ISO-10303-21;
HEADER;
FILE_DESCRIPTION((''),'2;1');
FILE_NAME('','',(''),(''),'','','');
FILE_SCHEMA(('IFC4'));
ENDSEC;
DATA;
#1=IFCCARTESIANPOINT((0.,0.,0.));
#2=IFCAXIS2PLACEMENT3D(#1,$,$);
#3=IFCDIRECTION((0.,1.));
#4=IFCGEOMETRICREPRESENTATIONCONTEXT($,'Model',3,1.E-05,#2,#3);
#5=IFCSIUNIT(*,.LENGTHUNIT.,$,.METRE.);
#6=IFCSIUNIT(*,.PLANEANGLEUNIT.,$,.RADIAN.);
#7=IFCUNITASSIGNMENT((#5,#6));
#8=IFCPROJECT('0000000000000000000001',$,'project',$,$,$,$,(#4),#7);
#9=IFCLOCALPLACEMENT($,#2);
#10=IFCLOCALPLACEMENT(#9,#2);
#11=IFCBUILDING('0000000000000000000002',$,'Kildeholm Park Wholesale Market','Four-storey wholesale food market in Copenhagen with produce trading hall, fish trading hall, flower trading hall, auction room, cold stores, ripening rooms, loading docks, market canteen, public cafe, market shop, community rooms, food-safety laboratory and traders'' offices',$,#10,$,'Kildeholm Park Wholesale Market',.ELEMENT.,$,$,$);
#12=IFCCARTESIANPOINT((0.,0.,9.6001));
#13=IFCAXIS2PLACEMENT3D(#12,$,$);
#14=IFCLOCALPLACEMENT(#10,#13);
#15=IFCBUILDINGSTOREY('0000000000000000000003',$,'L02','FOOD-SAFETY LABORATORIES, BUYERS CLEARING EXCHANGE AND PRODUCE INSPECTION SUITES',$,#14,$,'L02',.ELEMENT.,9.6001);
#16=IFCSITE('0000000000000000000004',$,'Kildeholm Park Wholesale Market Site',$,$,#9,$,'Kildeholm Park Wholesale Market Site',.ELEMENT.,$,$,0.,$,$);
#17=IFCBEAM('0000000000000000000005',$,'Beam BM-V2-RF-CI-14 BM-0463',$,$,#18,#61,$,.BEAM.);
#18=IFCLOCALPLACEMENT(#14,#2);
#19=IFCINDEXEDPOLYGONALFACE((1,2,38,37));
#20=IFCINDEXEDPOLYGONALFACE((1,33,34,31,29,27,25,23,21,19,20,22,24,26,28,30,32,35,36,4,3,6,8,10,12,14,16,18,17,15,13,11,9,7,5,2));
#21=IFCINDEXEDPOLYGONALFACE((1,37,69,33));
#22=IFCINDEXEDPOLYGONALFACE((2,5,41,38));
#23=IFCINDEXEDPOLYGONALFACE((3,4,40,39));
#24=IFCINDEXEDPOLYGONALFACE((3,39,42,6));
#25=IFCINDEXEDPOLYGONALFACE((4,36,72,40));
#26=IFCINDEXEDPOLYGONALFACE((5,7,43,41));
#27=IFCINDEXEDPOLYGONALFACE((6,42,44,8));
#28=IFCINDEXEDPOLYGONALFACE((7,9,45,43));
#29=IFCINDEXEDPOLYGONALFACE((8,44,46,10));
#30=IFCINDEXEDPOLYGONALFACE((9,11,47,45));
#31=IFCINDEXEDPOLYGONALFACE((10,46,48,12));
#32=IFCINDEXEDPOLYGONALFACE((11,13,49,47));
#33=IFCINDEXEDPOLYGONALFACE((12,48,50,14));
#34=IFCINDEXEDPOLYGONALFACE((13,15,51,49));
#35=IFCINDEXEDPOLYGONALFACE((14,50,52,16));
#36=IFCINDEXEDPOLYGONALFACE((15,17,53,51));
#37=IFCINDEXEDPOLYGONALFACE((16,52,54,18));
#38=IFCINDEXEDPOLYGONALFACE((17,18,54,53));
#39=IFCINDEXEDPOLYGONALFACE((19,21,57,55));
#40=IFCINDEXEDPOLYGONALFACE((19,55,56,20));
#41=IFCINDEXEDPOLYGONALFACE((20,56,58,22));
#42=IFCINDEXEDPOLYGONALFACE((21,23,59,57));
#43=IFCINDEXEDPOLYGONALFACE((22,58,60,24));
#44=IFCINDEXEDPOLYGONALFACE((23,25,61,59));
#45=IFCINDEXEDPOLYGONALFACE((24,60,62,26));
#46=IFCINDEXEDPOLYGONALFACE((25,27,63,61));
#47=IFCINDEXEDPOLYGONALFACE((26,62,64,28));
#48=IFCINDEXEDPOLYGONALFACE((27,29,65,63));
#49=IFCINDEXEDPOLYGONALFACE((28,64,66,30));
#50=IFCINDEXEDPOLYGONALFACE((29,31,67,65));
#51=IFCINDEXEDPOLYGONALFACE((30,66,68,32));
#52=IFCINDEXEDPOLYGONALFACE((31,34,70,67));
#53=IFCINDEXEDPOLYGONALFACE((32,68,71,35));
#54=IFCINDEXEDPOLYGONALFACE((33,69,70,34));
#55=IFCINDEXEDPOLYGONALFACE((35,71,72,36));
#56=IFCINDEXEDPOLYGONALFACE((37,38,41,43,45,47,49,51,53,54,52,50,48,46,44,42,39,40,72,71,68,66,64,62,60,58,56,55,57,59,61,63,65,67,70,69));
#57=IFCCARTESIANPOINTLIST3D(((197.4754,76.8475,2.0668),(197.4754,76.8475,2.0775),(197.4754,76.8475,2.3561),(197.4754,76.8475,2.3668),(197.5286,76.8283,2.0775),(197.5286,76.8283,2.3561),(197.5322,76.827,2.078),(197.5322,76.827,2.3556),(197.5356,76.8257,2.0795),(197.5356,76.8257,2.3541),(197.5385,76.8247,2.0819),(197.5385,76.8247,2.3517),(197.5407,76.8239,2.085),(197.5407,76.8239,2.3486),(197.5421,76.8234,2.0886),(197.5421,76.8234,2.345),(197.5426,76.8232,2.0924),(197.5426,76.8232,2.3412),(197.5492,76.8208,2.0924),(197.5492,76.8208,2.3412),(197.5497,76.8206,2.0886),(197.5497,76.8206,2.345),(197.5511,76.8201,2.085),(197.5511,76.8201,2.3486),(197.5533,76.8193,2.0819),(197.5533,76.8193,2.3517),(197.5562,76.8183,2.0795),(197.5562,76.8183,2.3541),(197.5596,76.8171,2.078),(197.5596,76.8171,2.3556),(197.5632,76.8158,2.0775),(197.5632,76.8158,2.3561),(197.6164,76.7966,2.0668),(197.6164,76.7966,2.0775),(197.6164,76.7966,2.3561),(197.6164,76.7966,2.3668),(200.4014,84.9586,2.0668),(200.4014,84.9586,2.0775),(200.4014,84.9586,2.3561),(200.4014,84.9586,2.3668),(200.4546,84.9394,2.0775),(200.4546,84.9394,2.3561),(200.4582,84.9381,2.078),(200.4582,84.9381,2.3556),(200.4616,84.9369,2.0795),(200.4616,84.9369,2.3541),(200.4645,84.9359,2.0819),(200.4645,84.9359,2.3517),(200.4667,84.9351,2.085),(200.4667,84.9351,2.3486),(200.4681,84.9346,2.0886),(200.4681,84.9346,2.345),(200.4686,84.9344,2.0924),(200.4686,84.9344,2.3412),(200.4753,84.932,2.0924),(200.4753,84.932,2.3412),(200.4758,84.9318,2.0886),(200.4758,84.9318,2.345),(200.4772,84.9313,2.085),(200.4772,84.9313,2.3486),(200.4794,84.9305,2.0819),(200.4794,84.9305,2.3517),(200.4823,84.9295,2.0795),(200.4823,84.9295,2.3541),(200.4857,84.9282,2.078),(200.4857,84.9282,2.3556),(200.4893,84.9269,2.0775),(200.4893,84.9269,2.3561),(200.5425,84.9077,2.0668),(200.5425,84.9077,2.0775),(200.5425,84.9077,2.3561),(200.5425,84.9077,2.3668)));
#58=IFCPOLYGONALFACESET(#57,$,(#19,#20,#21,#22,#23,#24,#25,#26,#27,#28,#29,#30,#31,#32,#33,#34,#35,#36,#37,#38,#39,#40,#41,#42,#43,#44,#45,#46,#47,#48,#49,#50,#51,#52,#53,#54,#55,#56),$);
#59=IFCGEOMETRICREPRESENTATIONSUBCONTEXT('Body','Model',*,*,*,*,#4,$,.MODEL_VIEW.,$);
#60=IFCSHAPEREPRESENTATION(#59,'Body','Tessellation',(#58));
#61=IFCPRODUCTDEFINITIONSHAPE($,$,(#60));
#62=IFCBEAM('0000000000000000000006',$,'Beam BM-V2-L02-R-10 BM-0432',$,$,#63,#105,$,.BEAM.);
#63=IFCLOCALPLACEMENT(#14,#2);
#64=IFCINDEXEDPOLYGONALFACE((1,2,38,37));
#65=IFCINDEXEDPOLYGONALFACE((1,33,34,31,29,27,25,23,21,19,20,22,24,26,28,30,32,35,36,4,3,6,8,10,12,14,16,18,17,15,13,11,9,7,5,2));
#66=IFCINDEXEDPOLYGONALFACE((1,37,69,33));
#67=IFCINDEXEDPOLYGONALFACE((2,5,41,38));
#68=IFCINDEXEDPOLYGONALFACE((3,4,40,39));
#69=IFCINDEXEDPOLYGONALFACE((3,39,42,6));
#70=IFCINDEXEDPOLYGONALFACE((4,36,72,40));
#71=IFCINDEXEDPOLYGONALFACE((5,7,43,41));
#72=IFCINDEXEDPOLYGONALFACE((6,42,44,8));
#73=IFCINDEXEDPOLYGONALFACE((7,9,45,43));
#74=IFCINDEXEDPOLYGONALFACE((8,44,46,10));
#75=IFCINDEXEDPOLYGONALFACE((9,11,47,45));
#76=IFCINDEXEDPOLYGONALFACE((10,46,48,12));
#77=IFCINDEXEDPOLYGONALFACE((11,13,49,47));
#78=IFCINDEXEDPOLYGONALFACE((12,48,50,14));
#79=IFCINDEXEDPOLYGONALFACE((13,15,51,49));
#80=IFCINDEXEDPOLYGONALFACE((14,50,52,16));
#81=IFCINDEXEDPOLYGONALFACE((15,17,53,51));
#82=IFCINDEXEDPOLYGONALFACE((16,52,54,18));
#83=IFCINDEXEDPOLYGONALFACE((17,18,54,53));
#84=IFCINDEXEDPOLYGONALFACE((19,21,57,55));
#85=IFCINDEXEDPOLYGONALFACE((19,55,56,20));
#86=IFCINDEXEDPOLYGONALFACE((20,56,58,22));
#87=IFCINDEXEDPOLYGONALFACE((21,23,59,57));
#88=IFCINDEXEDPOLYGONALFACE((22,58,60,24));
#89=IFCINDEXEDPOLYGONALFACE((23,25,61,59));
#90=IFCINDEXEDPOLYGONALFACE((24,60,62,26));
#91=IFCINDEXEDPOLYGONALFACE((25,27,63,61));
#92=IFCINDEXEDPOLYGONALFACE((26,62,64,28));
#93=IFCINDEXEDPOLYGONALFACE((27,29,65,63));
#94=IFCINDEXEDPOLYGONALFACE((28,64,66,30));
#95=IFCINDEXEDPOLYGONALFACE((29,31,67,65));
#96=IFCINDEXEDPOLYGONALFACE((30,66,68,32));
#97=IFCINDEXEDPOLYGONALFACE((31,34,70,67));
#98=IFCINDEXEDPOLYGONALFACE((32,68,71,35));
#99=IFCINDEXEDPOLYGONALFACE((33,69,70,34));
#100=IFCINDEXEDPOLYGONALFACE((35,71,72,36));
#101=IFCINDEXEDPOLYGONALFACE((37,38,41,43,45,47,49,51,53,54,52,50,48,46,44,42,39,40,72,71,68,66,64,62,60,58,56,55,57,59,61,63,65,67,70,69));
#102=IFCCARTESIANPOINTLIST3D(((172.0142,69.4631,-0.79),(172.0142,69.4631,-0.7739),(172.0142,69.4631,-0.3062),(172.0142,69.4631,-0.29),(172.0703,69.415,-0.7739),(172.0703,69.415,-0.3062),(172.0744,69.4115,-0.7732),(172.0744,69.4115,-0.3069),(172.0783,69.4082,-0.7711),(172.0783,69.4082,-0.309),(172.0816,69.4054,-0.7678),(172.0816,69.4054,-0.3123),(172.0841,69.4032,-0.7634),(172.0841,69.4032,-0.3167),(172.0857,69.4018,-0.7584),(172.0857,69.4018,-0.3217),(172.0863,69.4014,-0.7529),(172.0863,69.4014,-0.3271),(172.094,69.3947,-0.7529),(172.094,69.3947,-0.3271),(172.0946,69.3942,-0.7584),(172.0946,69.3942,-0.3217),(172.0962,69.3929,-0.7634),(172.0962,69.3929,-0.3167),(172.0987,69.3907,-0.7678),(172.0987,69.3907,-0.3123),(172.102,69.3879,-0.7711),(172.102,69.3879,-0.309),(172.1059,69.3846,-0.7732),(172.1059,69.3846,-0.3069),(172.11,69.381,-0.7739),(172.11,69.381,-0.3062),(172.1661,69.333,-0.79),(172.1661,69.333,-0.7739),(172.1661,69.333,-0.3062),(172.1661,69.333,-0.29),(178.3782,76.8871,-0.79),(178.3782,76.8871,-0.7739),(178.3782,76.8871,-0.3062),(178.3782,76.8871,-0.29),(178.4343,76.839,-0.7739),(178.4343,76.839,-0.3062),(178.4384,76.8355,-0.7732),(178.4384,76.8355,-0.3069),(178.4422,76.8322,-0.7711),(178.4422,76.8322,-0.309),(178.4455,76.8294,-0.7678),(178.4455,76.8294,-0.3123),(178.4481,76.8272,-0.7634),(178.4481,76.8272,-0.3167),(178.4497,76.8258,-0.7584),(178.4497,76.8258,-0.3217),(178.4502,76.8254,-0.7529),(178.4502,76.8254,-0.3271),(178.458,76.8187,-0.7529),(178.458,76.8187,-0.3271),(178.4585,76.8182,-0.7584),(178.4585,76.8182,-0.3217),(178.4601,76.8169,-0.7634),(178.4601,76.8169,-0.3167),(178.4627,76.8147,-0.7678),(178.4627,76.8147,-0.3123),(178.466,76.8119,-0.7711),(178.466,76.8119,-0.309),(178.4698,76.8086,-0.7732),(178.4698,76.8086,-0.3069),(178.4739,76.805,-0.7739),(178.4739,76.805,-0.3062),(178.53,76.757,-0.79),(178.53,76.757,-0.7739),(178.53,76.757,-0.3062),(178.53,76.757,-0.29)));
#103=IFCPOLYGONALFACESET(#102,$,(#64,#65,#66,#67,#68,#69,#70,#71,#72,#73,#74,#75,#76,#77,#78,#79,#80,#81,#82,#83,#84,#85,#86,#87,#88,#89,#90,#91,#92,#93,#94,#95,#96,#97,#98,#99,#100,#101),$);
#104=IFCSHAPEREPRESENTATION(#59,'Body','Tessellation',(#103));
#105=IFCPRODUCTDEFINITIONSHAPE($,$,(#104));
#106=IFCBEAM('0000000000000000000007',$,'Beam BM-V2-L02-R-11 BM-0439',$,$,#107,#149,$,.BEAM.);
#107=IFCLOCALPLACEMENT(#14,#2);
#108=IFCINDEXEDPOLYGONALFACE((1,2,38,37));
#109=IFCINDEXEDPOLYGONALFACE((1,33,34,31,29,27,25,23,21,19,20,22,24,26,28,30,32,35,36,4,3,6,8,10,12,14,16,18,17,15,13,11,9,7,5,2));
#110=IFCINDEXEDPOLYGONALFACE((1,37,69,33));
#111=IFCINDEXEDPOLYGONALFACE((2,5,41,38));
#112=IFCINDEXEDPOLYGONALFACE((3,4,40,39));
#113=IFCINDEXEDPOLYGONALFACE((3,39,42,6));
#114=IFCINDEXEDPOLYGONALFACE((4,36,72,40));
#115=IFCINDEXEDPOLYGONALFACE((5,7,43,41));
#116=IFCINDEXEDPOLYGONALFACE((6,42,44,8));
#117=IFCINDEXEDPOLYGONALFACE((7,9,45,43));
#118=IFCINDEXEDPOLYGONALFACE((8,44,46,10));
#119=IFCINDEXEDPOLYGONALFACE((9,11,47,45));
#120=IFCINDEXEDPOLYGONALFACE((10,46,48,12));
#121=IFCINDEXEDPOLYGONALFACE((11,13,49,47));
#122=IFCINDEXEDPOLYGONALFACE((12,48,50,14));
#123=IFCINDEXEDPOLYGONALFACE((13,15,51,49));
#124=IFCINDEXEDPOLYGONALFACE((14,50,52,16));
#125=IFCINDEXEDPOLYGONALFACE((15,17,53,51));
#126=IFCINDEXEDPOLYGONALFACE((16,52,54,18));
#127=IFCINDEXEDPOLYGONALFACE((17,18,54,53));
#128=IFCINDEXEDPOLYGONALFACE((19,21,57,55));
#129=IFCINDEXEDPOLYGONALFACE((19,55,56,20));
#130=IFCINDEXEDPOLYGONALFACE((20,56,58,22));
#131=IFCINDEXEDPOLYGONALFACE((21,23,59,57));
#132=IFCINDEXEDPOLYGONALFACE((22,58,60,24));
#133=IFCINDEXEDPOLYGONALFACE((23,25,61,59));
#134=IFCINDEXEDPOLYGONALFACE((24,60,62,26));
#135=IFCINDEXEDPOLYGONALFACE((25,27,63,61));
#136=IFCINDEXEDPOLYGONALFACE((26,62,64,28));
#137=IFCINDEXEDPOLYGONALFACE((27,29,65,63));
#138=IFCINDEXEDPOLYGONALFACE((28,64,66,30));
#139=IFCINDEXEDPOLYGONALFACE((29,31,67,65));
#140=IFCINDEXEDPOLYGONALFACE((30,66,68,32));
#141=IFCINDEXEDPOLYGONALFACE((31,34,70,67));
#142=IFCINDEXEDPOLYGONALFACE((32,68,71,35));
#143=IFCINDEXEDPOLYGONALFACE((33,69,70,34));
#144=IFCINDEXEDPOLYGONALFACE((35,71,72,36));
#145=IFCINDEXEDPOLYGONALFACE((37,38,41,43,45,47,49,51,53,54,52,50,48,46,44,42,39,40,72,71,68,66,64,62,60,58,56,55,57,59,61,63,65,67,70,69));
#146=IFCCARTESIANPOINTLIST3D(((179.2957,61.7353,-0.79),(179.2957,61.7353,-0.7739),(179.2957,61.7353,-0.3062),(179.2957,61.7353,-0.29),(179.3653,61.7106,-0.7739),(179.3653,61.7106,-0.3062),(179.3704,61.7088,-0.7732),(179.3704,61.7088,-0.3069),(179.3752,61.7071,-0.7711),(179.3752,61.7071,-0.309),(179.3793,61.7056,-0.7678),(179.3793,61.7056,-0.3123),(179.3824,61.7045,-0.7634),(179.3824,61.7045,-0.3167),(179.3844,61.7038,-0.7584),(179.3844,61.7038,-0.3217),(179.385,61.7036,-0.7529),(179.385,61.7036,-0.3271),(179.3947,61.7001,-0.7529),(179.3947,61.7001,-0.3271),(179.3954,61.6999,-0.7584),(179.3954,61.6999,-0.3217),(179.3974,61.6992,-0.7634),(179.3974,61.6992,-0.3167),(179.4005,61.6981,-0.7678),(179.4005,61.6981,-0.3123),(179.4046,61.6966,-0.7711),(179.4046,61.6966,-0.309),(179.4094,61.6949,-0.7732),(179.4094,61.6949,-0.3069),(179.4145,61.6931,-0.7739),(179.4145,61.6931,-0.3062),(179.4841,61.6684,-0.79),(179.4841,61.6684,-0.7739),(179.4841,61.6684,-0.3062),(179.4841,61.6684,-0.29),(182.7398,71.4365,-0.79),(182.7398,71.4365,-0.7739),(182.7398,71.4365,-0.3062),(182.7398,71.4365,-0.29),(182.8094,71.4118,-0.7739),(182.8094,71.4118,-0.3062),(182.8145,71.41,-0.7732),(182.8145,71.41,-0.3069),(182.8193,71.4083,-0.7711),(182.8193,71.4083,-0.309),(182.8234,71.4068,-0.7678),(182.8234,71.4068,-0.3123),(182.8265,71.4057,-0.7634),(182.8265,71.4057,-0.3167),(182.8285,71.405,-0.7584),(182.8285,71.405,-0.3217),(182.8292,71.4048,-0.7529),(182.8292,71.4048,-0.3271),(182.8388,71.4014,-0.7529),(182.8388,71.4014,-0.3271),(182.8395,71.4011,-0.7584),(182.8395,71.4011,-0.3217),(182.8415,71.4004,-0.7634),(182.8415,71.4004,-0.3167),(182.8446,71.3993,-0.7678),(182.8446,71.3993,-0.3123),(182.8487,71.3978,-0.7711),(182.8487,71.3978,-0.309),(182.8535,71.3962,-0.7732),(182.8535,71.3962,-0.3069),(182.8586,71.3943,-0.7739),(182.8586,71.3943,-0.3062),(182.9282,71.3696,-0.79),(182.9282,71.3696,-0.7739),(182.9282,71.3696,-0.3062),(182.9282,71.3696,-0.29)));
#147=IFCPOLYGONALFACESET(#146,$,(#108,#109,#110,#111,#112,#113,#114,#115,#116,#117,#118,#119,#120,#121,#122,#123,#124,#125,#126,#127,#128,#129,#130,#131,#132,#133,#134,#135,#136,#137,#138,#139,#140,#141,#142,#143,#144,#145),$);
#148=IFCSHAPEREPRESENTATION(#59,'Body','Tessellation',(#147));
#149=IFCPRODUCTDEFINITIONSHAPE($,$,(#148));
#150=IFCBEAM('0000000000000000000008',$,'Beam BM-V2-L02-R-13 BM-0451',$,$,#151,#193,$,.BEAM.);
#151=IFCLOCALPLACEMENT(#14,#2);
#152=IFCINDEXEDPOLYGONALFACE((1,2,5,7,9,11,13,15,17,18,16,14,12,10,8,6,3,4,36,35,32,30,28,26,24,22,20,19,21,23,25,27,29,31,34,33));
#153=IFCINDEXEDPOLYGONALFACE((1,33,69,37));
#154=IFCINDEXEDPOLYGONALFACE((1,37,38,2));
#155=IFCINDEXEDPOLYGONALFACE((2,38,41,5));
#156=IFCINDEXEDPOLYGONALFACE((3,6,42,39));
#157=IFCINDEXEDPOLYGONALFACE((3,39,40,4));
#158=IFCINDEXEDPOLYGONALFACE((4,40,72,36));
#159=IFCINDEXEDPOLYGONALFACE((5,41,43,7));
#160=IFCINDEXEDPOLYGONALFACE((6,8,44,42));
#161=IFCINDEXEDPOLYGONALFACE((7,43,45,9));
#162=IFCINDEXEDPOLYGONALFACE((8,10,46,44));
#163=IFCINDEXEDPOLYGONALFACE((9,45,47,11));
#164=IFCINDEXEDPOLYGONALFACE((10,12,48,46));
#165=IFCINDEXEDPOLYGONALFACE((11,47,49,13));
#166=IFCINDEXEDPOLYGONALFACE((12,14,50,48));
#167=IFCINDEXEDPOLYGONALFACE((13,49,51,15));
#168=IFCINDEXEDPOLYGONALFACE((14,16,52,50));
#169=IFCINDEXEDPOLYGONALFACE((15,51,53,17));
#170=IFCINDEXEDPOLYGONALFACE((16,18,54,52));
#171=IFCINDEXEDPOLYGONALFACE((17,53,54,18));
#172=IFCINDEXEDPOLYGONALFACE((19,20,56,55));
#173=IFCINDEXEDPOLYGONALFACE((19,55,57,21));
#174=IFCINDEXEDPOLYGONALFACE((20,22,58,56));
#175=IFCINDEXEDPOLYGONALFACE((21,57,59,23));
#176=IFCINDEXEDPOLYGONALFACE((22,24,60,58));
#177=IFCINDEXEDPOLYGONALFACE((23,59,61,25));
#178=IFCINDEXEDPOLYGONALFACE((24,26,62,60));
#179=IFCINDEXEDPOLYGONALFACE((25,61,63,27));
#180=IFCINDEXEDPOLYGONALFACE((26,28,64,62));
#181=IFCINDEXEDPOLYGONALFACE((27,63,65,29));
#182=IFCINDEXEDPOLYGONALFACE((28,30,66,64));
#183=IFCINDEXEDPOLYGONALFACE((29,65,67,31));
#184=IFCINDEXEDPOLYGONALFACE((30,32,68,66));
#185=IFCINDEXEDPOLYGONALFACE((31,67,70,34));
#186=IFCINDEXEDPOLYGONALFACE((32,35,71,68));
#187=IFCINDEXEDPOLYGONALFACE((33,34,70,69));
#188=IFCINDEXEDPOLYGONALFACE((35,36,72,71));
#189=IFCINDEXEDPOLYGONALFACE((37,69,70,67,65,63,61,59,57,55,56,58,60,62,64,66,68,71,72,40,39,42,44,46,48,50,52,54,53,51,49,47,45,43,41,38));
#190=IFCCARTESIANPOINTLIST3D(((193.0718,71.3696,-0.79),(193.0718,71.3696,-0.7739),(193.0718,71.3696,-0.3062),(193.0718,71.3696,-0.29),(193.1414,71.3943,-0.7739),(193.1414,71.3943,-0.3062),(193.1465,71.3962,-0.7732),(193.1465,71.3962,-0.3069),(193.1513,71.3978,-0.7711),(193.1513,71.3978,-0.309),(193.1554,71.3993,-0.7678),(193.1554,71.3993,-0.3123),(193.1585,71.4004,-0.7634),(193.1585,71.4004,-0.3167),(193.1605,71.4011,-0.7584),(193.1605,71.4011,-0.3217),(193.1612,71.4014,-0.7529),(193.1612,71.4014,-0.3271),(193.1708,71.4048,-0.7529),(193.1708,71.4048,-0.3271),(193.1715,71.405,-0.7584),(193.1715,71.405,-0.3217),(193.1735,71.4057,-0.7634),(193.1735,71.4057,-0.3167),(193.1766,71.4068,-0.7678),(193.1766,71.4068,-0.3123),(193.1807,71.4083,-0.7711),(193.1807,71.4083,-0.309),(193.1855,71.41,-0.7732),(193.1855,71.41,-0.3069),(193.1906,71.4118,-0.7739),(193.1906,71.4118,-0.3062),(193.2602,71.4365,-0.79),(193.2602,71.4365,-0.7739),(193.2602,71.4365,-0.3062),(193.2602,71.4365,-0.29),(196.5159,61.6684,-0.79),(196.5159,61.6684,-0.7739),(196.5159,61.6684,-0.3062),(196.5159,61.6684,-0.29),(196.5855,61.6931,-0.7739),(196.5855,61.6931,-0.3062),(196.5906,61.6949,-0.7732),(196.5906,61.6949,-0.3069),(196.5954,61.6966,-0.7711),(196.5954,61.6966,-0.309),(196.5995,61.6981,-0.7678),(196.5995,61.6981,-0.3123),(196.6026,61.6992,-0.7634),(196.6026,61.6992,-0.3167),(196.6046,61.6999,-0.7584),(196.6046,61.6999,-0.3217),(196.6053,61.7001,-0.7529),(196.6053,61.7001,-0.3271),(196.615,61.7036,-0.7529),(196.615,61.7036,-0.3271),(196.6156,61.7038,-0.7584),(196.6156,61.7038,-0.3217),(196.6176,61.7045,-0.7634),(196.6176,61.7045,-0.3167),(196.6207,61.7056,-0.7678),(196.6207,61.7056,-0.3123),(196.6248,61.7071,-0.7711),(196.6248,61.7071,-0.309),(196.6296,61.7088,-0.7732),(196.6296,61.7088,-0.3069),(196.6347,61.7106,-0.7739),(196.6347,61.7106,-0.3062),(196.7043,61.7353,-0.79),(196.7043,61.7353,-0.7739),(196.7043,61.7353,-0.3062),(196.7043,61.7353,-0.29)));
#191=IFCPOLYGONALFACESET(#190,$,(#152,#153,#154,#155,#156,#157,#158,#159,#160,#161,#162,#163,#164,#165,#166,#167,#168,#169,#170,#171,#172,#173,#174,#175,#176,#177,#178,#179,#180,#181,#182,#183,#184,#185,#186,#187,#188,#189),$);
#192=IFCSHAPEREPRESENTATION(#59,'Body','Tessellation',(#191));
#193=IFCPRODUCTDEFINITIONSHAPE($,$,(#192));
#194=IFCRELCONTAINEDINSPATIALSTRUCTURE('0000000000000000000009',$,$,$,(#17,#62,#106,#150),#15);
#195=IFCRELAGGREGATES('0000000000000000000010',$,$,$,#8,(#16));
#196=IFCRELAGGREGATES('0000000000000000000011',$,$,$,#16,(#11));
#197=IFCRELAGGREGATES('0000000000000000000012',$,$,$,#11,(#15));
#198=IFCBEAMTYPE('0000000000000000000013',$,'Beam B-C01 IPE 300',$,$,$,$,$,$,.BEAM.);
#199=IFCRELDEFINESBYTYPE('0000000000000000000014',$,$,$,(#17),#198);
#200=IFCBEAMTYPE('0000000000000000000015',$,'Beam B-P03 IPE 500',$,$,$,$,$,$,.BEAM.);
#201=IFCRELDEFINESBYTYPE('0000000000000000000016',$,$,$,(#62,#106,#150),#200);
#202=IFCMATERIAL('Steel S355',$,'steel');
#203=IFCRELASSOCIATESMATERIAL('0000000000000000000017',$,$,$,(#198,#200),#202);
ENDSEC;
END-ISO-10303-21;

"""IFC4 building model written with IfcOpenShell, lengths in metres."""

from ifc_helpers import new_model, si_unit, direction, frame, origin, origin_2d, place, context, subcontext, project, spatial, i_section, extrude, material, material_profile, profile_set, type_object, element, save


model = new_model("IFC4")

# Units and contexts
model_context = context("Model", 3, precision=1e-05, world=origin(), true_north=direction((0.0, 1.0)))
body_context = subcontext(model_context, "Body", "Model", "MODEL_VIEW")
ifc_project = project(units=[si_unit("LENGTHUNIT", "METRE"), si_unit("PLANEANGLEUNIT", "RADIAN")], contexts=[model_context])

# Site, building, storey
site_placement = place(None, origin())
site = spatial("IfcSite", under=ifc_project, at=site_placement, Name="Kildeholm Park Wholesale Market Site", LongName="Kildeholm Park Wholesale Market Site", CompositionType="ELEMENT", RefElevation=0.0)
building_placement = place(site_placement, origin())
building = spatial("IfcBuilding", under=site, at=building_placement, Name="Kildeholm Park Wholesale Market", Description="Four-storey wholesale food market in Copenhagen with produce trading hall, fish trading hall, flower trading hall, auction room, cold stores, ripening rooms, loading docks, market canteen, public cafe, market shop, community rooms, food-safety laboratory and traders' offices", LongName="Kildeholm Park Wholesale Market", CompositionType="ELEMENT")
storey_placement = place(building_placement, frame((0.0, 0.0, 9.6001)))
storey = spatial("IfcBuildingStorey", under=building, at=storey_placement, Name="L02", Description="FOOD-SAFETY LABORATORIES, BUYERS CLEARING EXCHANGE AND PRODUCE INSPECTION SUITES", LongName="L02", CompositionType="ELEMENT", Elevation=9.6001)

# Shared definitions
ifc_material_1 = material(Name="Steel S355", Category="steel")

# Beams
ifc_material_profile_1 = material_profile(ifc_material_1, i_section(OverallWidth=0.1499, OverallDepth=0.3, WebThickness=0.0071, FlangeThickness=0.0107, FilletRadius=0.0149, at=origin_2d()), Name="IPE 300")
ifc_profile_set_1 = profile_set([ifc_material_profile_1], Name="Steel S355")
beam_type_1 = type_object("IfcBeamType", Name="Beam B-C01 IPE 300", PredefinedType="BEAM", material=ifc_profile_set_1)
beam_1_placement = place(storey_placement, frame((197.5459, 76.822, 2.2168), z_axis=(0.339339, 0.940664, 0.0), x_axis=(-0.940664, 0.339339, 0.0)))
element("IfcBeam", 1, at=beam_1_placement, inside=storey, type_object=beam_type_1, Name="Beam BM-V2-RF-CI-14 BM-0463", PredefinedType="BEAM", context=body_context, shape_type="SweptSolid", body=[
    extrude(i_section(OverallWidth=0.1499, OverallDepth=0.3, WebThickness=0.0071, FlangeThickness=0.0107, FilletRadius=0.0149, at=origin_2d()), origin(), (0.0, 0.0, 1.0), 8.6228),
])
ifc_material_profile_2 = material_profile(ifc_material_1, i_section(OverallWidth=0.2, OverallDepth=0.5, WebThickness=0.0103, FlangeThickness=0.0161, FilletRadius=0.021, at=origin_2d()), Name="IPE 500")
ifc_profile_set_2 = profile_set([ifc_material_profile_2], Name="Steel S355")
beam_type_2 = type_object("IfcBeamType", Name="Beam B-P03 IPE 500", PredefinedType="BEAM", material=ifc_profile_set_2)
beam_2_placement = place(storey_placement, frame((178.4541, 76.822, -0.54), z_axis=(-0.650822, -0.75923, 0.0), x_axis=(0.75923, -0.650822, 0.0)))
element("IfcBeam", 2, at=beam_2_placement, inside=storey, type_object=beam_type_2, Name="Beam BM-V2-L02-R-10 BM-0432", PredefinedType="BEAM", context=body_context, shape_type="SweptSolid", body=[
    extrude(i_section(OverallWidth=0.2, OverallDepth=0.5, WebThickness=0.0103, FlangeThickness=0.0161, FilletRadius=0.021, at=origin_2d()), origin(), (0.0, 0.0, 1.0), 9.7783),
])
for number, where, z_axis, x_axis, name in (
    (3, (182.834, 71.4031, -0.54), (-0.33456, -0.942374, 0.0), (0.942374, -0.33456, 0.0), "Beam BM-V2-L02-R-11 BM-0439"),
    (4, (193.166, 71.4031, -0.54), (0.33456, -0.942374, 0.0), (0.942374, 0.33456, 0.0), "Beam BM-V2-L02-R-13 BM-0451"),
):
    element("IfcBeam", number, at=place(storey_placement, frame(where, z_axis=z_axis, x_axis=x_axis)), inside=storey, type_object=beam_type_2, Name=name, PredefinedType="BEAM", context=body_context, shape_type="SweptSolid", body=[
        extrude(i_section(OverallWidth=0.2, OverallDepth=0.5, WebThickness=0.0103, FlangeThickness=0.0161, FilletRadius=0.021, at=origin_2d()), origin(), (0.0, 0.0, 1.0), 10.2944),
    ])

save(model, "model.ifc")
